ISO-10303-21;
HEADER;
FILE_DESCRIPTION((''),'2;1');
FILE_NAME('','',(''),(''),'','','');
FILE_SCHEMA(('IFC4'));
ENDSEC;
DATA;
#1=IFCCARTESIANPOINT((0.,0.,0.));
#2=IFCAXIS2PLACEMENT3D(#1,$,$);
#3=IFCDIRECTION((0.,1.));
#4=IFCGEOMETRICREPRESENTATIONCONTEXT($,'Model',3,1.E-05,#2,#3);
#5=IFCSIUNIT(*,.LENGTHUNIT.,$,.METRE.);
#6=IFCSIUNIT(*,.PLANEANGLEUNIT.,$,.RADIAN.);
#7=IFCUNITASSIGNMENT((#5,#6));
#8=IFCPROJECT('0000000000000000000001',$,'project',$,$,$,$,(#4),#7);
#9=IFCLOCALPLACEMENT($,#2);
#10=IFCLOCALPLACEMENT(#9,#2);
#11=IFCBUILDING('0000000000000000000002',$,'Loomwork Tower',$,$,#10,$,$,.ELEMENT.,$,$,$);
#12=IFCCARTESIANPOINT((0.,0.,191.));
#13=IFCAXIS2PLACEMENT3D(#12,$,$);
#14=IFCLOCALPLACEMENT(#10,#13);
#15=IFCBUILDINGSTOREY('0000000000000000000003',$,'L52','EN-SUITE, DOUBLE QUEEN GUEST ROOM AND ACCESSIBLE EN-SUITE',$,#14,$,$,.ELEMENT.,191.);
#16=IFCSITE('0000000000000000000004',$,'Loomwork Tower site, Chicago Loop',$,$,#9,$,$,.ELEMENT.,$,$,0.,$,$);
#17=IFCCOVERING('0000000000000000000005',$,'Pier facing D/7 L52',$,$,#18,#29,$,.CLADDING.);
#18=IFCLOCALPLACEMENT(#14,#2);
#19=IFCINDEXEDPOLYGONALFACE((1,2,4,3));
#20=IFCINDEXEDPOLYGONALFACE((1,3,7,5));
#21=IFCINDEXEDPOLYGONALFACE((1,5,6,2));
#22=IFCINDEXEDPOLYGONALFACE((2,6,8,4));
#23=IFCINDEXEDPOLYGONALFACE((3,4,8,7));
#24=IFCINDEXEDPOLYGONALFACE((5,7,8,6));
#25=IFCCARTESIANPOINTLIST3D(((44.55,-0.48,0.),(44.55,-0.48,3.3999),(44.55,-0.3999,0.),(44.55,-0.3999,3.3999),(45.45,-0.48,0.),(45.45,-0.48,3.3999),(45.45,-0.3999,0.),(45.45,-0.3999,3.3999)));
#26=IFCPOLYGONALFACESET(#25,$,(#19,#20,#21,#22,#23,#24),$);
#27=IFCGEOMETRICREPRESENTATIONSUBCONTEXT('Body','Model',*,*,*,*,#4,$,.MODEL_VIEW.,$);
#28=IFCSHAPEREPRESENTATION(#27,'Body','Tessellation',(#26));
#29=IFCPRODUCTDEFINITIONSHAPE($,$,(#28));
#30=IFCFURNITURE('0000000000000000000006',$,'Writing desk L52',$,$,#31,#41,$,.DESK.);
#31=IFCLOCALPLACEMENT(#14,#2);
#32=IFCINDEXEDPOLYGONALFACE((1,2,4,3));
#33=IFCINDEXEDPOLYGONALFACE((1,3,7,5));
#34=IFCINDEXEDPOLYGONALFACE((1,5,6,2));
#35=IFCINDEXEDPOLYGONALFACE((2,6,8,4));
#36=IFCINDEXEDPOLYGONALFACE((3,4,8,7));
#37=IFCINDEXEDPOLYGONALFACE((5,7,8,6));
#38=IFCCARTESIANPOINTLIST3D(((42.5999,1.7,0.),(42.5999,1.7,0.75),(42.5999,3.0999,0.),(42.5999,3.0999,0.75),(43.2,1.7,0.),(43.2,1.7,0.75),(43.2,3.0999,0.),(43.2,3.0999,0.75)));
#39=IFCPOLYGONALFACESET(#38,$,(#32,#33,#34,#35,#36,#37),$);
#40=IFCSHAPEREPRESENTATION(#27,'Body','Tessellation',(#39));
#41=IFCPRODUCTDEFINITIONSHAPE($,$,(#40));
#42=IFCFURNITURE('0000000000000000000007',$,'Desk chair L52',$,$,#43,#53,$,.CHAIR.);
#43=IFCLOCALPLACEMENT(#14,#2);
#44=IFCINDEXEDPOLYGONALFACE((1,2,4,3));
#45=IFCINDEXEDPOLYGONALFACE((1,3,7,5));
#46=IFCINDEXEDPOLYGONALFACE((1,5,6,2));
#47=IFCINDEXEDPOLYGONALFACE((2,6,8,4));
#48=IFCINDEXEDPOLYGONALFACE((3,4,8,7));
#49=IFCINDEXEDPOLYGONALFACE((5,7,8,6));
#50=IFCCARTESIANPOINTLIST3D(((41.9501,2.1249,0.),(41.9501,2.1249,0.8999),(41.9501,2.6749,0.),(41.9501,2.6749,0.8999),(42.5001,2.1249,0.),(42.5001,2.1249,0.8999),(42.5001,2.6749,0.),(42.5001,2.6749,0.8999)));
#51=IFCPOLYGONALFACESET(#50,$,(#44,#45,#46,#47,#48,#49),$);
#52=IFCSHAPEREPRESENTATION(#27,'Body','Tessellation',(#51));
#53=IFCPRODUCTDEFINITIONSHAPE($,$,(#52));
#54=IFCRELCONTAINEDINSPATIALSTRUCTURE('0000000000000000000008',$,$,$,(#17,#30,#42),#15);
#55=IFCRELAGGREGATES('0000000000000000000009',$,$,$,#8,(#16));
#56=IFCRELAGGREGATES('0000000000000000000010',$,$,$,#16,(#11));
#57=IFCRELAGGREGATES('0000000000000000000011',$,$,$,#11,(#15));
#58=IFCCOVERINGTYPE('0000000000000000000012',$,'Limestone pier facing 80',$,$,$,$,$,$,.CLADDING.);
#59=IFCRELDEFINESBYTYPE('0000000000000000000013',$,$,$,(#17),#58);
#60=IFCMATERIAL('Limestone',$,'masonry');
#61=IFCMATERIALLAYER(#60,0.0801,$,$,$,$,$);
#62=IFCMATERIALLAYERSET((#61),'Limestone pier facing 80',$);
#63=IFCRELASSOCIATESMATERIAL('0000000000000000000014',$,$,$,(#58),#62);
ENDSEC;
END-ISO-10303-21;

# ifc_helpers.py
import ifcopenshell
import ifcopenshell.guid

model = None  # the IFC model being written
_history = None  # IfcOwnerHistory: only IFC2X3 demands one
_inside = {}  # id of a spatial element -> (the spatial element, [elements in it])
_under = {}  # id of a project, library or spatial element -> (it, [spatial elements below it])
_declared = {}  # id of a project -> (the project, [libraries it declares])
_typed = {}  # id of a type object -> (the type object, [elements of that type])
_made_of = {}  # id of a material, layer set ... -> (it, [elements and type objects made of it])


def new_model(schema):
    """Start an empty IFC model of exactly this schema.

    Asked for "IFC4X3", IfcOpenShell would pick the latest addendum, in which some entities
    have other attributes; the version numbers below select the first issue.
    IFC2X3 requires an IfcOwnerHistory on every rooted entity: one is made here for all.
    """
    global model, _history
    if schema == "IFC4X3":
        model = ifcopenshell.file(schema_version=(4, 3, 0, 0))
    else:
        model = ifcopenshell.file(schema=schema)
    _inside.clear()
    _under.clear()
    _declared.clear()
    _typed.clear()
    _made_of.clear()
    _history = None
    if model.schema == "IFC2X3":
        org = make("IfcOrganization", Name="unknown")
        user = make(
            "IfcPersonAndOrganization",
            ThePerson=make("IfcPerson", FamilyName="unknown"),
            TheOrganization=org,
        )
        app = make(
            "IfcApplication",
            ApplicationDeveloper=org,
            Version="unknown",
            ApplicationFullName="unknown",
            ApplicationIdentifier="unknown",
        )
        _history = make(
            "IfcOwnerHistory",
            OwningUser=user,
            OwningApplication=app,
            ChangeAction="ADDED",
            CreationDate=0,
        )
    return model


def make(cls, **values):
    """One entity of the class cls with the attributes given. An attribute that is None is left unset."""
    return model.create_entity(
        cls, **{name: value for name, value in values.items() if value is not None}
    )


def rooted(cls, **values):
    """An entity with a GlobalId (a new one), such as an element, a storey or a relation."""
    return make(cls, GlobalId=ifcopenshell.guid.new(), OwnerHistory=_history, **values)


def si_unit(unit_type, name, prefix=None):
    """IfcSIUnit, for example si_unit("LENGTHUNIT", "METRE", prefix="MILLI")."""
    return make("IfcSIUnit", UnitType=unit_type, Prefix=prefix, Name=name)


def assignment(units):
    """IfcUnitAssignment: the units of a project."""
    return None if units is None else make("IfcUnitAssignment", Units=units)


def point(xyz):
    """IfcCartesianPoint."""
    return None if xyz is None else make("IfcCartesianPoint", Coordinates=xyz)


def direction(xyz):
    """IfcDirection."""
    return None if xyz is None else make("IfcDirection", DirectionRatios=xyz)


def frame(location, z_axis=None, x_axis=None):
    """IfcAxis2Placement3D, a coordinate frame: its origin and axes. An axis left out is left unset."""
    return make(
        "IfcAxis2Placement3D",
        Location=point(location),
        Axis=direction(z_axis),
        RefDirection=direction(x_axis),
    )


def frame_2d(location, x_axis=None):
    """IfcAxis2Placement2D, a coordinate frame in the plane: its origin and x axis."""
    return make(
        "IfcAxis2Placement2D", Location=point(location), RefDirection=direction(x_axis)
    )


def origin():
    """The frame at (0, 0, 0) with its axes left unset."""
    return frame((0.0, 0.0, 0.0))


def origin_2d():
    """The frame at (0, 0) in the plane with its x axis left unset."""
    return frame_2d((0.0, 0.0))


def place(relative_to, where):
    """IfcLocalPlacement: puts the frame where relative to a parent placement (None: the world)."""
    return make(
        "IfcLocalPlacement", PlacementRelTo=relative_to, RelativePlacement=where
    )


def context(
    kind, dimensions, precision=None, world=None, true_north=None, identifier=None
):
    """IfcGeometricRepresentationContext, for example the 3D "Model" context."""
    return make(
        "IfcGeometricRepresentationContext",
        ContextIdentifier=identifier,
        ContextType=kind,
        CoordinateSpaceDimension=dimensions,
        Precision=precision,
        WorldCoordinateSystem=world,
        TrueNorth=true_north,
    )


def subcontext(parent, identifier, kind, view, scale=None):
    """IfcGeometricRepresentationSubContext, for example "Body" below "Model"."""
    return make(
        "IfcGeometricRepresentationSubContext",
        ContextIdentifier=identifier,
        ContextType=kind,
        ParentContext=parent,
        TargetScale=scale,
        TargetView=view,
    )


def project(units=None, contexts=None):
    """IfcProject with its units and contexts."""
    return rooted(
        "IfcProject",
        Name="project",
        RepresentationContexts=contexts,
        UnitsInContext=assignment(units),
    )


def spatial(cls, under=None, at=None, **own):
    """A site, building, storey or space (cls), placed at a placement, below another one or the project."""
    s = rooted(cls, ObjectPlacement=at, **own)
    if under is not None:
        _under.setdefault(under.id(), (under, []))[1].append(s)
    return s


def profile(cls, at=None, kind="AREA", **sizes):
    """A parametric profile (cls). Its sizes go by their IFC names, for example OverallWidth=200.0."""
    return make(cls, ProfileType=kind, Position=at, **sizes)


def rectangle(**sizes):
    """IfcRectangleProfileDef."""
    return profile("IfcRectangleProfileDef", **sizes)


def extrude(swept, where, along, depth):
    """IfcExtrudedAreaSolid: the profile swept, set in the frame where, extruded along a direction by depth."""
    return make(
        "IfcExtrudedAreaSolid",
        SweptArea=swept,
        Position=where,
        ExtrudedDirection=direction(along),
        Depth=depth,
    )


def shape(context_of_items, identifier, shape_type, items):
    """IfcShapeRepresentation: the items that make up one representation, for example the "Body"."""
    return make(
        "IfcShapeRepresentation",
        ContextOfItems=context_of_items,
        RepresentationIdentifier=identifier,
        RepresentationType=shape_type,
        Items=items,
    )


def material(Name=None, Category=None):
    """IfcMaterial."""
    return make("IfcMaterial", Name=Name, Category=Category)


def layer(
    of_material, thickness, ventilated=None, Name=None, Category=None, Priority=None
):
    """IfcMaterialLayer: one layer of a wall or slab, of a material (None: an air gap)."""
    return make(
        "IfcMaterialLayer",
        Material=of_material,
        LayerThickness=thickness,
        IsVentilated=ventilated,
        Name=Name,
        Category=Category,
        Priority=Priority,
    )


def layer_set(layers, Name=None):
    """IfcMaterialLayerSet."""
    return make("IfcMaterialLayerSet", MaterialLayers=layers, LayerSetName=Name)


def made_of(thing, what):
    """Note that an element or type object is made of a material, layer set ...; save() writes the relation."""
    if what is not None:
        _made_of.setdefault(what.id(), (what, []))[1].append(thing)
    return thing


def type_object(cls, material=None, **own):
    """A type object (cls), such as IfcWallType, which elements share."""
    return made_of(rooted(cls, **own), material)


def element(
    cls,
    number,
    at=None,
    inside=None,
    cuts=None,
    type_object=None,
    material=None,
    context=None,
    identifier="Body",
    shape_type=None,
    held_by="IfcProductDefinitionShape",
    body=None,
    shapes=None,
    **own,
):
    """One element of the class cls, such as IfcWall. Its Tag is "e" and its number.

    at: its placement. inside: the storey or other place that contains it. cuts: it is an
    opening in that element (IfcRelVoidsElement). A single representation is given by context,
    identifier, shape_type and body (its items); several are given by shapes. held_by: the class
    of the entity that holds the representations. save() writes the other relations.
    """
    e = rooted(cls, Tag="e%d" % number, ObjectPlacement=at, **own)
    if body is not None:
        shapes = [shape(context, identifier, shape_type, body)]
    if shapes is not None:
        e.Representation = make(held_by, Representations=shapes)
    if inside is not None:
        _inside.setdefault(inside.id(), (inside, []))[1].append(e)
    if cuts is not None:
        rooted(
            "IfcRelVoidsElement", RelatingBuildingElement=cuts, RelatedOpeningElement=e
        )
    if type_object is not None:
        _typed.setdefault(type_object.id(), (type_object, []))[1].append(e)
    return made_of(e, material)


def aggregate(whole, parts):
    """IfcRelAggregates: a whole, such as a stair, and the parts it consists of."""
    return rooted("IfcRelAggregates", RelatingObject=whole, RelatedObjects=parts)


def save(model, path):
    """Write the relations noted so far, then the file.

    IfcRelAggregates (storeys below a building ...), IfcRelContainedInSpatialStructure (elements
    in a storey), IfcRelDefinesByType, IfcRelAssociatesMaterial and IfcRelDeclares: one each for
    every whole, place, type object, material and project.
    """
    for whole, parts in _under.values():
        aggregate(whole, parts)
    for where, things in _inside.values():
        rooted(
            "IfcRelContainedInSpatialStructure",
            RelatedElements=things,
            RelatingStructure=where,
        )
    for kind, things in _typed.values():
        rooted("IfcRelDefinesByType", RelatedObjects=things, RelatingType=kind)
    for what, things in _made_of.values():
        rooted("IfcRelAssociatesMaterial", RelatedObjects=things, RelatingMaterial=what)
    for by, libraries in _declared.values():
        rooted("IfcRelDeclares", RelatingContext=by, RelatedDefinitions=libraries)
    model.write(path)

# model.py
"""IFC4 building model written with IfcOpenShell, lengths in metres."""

from ifc_helpers import new_model, si_unit, direction, frame, origin, origin_2d, place, context, subcontext, project, spatial, rectangle, extrude, material, layer, layer_set, type_object, element, save


model = new_model("IFC4")

# Units and contexts
model_context = context("Model", 3, precision=1e-05, world=origin(), true_north=direction((0.0, 1.0)))
body_context = subcontext(model_context, "Body", "Model", "MODEL_VIEW")
ifc_project = project(units=[si_unit("LENGTHUNIT", "METRE"), si_unit("PLANEANGLEUNIT", "RADIAN")], contexts=[model_context])

# Site, building, storey
site_placement = place(None, origin())
site = spatial("IfcSite", under=ifc_project, at=site_placement, Name="Loomwork Tower site, Chicago Loop", CompositionType="ELEMENT", RefElevation=0.0)
building_placement = place(site_placement, origin())
building = spatial("IfcBuilding", under=site, at=building_placement, Name="Loomwork Tower", CompositionType="ELEMENT")
storey_placement = place(building_placement, frame((0.0, 0.0, 191.0)))
storey = spatial("IfcBuildingStorey", under=building, at=storey_placement, Name="L52", Description="EN-SUITE, DOUBLE QUEEN GUEST ROOM AND ACCESSIBLE EN-SUITE", CompositionType="ELEMENT", Elevation=191.0)

# Covering
ifc_material_1 = material(Name="Limestone", Category="masonry")
ifc_layer_1 = layer(ifc_material_1, 0.0801)
ifc_layer_set_1 = layer_set([ifc_layer_1], Name="Limestone pier facing 80")
covering_type = type_object("IfcCoveringType", Name="Limestone pier facing 80", PredefinedType="CLADDING", material=ifc_layer_set_1)
for number, where, z_axis, x_axis, name in (
    (1, (45.0, -0.4399, 0.0), (0.0, 0.0, 1.0), (1.0, 0.0, 0.0), "Pier facing D/7 L52"),
):
    element("IfcCovering", number, at=place(storey_placement, frame(where, z_axis=z_axis, x_axis=x_axis)), inside=storey, type_object=covering_type, Name=name, PredefinedType="CLADDING", context=body_context, shape_type="SweptSolid", body=[
        extrude(rectangle(XDim=0.8999, YDim=0.0801, at=origin_2d()), origin(), (0.0, 0.0, 1.0), 3.3999),
    ])

# Furniture
furniture_1_placement = place(storey_placement, frame((42.8999, 2.3999, 0.0), z_axis=(0.0, 0.0, 1.0), x_axis=(1.0, 0.0, 0.0)))
element("IfcFurniture", 2, at=furniture_1_placement, inside=storey, Name="Writing desk L52", PredefinedType="DESK", context=body_context, shape_type="SweptSolid", body=[
    extrude(rectangle(XDim=0.6001, YDim=1.3999, at=origin_2d()), origin(), (0.0, 0.0, 1.0), 0.75),
])
furniture_2_placement = place(storey_placement, frame((42.2251, 2.3999, 0.0), z_axis=(0.0, 0.0, 1.0), x_axis=(1.0, 0.0, 0.0)))
element("IfcFurniture", 3, at=furniture_2_placement, inside=storey, Name="Desk chair L52", PredefinedType="CHAIR", context=body_context, shape_type="SweptSolid", body=[
    extrude(rectangle(XDim=0.55, YDim=0.55, at=origin_2d()), origin(), (0.0, 0.0, 1.0), 0.8999),
])

save(model, "model.ifc")
